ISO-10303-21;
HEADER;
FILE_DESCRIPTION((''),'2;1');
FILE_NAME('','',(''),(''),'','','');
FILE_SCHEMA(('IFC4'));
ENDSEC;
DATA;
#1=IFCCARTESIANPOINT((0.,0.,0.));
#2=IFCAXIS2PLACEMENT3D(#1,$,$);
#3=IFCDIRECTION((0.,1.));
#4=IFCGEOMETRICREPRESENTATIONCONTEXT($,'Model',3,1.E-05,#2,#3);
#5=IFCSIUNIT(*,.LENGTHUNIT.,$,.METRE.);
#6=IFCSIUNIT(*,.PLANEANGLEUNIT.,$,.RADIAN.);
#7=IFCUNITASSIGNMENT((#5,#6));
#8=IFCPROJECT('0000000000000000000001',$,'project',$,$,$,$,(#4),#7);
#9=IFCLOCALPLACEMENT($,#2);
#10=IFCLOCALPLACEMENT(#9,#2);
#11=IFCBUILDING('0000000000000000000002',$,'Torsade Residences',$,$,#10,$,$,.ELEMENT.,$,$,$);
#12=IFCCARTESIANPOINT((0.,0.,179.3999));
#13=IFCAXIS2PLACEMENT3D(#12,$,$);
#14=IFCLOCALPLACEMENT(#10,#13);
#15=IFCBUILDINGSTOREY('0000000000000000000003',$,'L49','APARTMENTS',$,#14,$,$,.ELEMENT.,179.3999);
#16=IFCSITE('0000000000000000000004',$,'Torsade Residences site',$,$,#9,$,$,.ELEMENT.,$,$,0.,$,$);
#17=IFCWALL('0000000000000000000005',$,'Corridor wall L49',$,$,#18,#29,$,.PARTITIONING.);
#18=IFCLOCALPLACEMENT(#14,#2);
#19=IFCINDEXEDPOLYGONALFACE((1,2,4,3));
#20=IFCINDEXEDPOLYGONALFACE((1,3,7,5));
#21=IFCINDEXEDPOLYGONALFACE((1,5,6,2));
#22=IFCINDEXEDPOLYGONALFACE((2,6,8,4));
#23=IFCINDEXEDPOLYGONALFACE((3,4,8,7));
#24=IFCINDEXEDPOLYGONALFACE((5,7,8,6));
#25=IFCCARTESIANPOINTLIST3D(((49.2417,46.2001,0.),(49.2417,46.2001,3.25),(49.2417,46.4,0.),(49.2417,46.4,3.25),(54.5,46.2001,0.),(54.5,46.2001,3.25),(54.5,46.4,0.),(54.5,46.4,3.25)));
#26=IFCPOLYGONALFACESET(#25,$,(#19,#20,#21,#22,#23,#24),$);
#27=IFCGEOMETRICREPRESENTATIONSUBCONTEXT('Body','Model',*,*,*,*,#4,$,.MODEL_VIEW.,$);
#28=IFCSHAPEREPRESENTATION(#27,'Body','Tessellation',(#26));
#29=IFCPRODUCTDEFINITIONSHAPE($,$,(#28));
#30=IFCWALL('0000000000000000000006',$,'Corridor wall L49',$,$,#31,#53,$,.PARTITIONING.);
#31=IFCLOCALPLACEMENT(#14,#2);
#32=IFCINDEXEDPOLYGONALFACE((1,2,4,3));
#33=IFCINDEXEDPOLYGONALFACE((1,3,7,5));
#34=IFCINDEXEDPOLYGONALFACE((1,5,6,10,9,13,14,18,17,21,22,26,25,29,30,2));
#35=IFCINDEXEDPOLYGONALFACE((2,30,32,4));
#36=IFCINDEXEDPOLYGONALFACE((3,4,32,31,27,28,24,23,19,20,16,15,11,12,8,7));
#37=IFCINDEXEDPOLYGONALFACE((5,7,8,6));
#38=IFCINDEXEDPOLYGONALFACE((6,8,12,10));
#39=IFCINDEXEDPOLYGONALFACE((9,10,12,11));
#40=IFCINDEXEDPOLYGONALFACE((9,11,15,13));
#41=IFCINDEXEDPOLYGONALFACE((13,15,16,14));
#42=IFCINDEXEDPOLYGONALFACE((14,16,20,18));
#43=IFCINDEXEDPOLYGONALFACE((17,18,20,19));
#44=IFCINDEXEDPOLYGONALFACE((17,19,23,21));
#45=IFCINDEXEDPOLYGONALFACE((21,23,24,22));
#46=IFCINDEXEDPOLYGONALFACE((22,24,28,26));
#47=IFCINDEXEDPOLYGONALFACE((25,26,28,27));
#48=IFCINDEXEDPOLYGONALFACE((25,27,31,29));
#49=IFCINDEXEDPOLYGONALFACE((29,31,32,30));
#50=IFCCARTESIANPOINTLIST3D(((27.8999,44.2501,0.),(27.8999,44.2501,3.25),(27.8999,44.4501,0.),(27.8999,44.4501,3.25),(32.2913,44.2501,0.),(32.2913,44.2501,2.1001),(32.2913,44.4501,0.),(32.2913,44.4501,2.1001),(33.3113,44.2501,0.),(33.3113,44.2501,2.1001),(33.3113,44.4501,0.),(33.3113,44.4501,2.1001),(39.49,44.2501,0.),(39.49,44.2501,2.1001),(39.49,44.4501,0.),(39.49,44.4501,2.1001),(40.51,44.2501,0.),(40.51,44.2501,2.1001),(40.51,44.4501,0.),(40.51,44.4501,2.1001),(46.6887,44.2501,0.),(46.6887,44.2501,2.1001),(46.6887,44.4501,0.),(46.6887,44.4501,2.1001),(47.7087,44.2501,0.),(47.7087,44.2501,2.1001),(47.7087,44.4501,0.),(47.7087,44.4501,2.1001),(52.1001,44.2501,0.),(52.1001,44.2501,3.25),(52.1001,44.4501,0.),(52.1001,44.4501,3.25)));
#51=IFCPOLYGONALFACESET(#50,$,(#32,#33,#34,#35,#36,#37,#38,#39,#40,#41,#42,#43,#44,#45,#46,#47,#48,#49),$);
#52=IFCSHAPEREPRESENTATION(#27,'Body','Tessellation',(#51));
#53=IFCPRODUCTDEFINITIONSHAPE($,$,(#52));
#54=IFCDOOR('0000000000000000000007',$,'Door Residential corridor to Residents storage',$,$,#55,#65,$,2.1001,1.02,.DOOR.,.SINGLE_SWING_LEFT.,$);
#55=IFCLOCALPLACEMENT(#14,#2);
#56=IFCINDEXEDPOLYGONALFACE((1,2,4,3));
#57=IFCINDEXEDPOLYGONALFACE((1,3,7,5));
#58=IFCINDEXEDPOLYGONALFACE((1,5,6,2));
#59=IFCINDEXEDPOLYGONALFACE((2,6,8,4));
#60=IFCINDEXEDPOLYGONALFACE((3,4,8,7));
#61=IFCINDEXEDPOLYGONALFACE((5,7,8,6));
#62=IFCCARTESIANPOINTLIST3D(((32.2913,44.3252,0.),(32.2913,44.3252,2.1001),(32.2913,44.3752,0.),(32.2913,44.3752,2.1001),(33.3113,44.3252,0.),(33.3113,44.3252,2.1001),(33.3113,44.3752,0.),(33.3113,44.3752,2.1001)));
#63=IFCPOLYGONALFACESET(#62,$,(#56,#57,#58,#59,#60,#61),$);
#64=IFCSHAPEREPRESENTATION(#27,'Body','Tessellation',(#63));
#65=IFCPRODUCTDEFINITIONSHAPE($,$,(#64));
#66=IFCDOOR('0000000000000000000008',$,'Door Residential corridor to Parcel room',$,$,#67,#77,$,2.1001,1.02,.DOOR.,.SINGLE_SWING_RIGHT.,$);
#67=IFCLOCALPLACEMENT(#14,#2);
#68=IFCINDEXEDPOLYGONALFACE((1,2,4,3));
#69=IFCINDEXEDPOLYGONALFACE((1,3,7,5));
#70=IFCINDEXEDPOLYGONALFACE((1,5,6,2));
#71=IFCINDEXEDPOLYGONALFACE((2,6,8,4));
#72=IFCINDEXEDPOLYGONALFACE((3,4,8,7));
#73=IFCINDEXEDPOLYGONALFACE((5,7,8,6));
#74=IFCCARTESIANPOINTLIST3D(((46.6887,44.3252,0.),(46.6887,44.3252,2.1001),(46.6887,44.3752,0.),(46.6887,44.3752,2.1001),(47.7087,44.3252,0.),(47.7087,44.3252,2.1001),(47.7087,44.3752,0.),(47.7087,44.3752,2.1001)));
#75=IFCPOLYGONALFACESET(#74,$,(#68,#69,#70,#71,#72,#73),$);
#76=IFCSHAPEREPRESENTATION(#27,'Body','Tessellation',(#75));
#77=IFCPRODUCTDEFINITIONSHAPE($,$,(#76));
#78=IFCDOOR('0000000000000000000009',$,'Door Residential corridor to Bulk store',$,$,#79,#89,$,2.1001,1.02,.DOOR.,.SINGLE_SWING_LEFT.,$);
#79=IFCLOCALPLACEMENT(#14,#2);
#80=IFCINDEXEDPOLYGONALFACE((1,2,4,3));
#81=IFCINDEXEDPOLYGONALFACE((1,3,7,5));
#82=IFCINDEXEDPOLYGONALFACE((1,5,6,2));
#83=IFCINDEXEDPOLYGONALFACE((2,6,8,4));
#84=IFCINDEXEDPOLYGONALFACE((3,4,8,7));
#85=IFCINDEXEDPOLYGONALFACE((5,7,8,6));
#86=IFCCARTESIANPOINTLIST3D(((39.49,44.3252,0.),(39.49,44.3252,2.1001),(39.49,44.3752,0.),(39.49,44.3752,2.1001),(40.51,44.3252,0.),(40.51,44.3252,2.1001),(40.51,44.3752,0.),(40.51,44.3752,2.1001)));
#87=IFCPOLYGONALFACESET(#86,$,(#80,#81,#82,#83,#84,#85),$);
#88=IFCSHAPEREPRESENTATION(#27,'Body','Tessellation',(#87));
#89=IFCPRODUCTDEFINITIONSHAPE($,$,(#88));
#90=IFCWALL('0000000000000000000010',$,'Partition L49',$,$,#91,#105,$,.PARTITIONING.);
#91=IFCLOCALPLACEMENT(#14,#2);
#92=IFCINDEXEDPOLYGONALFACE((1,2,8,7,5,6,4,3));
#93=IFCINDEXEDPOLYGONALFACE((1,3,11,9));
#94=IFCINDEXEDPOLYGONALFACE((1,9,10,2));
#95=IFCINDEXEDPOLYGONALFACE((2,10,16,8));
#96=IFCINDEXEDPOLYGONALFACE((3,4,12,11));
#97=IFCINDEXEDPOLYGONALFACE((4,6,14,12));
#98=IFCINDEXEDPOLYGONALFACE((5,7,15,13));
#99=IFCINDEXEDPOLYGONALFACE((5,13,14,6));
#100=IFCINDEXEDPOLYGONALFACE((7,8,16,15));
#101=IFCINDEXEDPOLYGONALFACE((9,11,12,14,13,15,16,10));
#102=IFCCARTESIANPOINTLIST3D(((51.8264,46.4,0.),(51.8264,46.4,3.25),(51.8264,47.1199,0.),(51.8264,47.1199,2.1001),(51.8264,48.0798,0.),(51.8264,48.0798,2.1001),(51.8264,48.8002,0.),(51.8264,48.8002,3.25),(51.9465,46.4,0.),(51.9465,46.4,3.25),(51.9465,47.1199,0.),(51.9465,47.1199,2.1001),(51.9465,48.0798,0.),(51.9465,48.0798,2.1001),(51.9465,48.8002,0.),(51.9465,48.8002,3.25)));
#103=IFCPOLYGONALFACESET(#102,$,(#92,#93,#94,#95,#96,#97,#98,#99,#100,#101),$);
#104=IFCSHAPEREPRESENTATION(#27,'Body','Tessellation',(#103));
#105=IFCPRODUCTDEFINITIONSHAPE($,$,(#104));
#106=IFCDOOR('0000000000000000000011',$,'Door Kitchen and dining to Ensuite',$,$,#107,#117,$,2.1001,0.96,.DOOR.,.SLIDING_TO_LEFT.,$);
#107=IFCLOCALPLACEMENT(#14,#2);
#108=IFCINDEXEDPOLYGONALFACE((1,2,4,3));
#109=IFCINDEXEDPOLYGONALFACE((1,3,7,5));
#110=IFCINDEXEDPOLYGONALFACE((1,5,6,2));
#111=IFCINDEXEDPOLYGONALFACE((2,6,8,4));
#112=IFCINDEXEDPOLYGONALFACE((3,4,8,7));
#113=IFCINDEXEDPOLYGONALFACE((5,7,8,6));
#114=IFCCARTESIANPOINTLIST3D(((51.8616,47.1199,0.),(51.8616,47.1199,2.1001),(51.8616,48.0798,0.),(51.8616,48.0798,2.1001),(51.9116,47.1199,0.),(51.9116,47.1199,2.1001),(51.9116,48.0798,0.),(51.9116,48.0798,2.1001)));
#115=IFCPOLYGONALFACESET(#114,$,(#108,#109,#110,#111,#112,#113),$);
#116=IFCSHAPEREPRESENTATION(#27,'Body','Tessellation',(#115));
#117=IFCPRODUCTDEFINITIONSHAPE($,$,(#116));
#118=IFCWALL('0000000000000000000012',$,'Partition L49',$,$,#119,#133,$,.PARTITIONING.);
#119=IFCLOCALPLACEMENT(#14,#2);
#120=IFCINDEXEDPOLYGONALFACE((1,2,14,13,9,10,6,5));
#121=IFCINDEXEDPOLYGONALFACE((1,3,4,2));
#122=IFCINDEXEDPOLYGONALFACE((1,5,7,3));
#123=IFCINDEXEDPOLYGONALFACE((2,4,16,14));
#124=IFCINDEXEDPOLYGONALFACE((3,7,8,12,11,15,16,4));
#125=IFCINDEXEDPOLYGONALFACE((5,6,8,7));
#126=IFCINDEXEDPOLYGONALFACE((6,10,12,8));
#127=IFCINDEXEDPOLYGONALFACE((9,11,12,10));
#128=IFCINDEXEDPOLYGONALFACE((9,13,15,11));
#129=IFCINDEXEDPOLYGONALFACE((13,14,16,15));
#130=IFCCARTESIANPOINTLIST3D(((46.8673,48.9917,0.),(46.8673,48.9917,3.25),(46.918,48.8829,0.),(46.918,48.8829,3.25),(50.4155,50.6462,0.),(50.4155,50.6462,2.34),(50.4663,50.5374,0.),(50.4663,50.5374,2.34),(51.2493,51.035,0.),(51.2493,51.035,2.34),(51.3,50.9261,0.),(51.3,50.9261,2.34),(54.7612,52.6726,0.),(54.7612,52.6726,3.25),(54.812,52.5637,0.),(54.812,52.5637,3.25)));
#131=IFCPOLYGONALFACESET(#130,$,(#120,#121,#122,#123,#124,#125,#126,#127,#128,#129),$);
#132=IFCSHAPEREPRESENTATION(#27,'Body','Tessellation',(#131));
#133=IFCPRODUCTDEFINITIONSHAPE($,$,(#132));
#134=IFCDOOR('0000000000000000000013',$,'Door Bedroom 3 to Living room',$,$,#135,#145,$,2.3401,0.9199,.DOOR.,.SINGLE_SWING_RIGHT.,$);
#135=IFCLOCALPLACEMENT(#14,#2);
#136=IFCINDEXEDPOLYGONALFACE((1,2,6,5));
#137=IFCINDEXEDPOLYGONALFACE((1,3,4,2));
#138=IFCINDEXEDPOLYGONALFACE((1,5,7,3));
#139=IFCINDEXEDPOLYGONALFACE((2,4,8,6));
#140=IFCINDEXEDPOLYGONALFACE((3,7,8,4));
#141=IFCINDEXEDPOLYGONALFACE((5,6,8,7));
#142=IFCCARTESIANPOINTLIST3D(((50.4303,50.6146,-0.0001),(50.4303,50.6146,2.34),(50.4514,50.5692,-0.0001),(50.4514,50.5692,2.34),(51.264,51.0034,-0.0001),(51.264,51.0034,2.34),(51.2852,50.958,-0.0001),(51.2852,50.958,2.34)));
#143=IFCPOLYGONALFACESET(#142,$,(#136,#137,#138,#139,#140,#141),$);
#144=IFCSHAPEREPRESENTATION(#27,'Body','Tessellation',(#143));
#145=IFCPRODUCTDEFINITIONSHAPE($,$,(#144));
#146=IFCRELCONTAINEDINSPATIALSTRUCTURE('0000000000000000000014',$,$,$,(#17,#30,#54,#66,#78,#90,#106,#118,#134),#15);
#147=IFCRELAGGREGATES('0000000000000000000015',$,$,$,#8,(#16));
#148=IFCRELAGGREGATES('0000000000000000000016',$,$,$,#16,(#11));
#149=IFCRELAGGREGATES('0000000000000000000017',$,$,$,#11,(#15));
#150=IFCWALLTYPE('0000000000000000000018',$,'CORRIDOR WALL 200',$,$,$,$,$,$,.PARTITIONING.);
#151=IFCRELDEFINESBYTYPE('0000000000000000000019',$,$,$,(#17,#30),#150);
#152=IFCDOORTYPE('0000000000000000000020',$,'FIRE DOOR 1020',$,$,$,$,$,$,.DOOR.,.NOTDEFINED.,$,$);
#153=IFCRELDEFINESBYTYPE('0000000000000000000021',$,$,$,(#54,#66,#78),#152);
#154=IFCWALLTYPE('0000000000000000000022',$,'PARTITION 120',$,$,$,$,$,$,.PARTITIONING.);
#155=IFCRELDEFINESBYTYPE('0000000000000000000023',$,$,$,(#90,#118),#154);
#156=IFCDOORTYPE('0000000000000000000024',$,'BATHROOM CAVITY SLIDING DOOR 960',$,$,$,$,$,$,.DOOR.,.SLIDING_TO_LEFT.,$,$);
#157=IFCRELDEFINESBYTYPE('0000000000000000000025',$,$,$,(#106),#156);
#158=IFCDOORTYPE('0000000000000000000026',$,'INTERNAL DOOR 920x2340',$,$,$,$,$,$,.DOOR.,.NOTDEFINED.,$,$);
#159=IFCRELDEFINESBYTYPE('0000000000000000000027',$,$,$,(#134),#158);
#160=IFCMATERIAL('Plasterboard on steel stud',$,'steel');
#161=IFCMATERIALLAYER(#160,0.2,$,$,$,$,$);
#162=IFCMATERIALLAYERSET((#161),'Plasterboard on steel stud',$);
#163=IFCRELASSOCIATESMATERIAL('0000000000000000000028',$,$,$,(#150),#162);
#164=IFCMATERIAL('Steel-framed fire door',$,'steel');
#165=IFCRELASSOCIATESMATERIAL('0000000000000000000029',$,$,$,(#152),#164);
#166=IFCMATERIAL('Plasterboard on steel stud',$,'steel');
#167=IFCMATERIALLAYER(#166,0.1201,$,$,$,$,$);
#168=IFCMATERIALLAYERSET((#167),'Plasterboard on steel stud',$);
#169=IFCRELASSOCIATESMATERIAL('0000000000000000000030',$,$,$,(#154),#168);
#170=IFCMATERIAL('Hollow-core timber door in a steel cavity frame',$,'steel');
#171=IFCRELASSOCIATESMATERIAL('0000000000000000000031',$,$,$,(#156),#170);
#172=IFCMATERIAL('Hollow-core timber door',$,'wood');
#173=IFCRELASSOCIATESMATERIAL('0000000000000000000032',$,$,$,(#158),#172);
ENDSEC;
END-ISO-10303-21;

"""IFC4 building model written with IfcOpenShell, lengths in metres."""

from ifc_helpers import new_model, si_unit, direction, frame, frame_2d, origin, place, context, subcontext, project, spatial, rectangle, extrude, material, layer, layer_set, type_object, element, fill, save


model = new_model("IFC4")

# Units and contexts
model_context = context("Model", 3, precision=1e-05, world=origin(), true_north=direction((0.0, 1.0)))
body_context = subcontext(model_context, "Body", "Model", "MODEL_VIEW")
ifc_project = project(units=[si_unit("LENGTHUNIT", "METRE"), si_unit("PLANEANGLEUNIT", "RADIAN")], contexts=[model_context])

# Site, building, storey
site_placement = place(None, origin())
site = spatial("IfcSite", under=ifc_project, at=site_placement, Name="Torsade Residences site", CompositionType="ELEMENT", RefElevation=0.0)
building_placement = place(site_placement, origin())
building = spatial("IfcBuilding", under=site, at=building_placement, Name="Torsade Residences", CompositionType="ELEMENT")
storey_placement = place(building_placement, frame((0.0, 0.0, 179.3999)))
storey = spatial("IfcBuildingStorey", under=building, at=storey_placement, Name="L49", Description="APARTMENTS", CompositionType="ELEMENT", Elevation=179.3999)

# Wall
ifc_material_1 = material(Name="Plasterboard on steel stud", Category="steel")
ifc_layer_1 = layer(ifc_material_1, 0.2)
ifc_layer_set_1 = layer_set([ifc_layer_1], Name="Plasterboard on steel stud")
wall_type_1 = type_object("IfcWallType", Name="CORRIDOR WALL 200", PredefinedType="PARTITIONING", material=ifc_layer_set_1)
wall_1_placement = place(storey_placement, frame((54.5, 46.3, 0.0), z_axis=(0.0, 0.0, 1.0), x_axis=(-1.0, 0.0, 0.0)))
element("IfcWall", 1, at=wall_1_placement, inside=storey, type_object=wall_type_1, Name="Corridor wall L49", PredefinedType="PARTITIONING", context=body_context, shape_type="SweptSolid", body=[
    extrude(rectangle(XDim=5.2583, YDim=0.2, at=frame_2d((2.6292, 0.0))), origin(), (0.0, 0.0, 1.0), 3.25),
])

# Wall, openings, doors
wall_2_placement = place(storey_placement, frame((52.1001, 44.3501, 0.0), z_axis=(0.0, 0.0, 1.0), x_axis=(-1.0, 0.0, 0.0)))
wall_2 = element("IfcWall", 2, at=wall_2_placement, inside=storey, type_object=wall_type_1, Name="Corridor wall L49", PredefinedType="PARTITIONING", context=body_context, shape_type="SweptSolid", body=[
    extrude(rectangle(XDim=24.2002, YDim=0.2, at=frame_2d((12.1001, 0.0))), origin(), (0.0, 0.0, 1.0), 3.25),
])
opening_1_placement = place(wall_2_placement, frame((18.7888, 0.0, 0.0)))
opening_1 = element("IfcOpeningElement", 3, at=opening_1_placement, cuts=wall_2, PredefinedType="OPENING", context=body_context, shape_type="SweptSolid", body=[
    extrude(rectangle(XDim=1.02, YDim=2.1001, at=frame_2d((0.51, 1.05))), frame((0.0, 0.1099, 0.0), z_axis=(0.0, -1.0, 0.0), x_axis=(1.0, 0.0, 0.0)), (0.0, 0.0, 1.0), 0.22),
])
opening_2_placement = place(wall_2_placement, frame((4.3914, 0.0, 0.0)))
opening_2 = element("IfcOpeningElement", 4, at=opening_2_placement, cuts=wall_2, PredefinedType="OPENING", context=body_context, shape_type="SweptSolid", body=[
    extrude(rectangle(XDim=1.02, YDim=2.1001, at=frame_2d((0.51, 1.05))), frame((0.0, 0.1099, 0.0), z_axis=(0.0, -1.0, 0.0), x_axis=(1.0, 0.0, 0.0)), (0.0, 0.0, 1.0), 0.22),
])
opening_3_placement = place(wall_2_placement, frame((11.5901, 0.0, 0.0)))
opening_3 = element("IfcOpeningElement", 5, at=opening_3_placement, cuts=wall_2, PredefinedType="OPENING", context=body_context, shape_type="SweptSolid", body=[
    extrude(rectangle(XDim=1.02, YDim=2.1001, at=frame_2d((0.51, 1.05))), frame((0.0, 0.1099, 0.0), z_axis=(0.0, -1.0, 0.0), x_axis=(1.0, 0.0, 0.0)), (0.0, 0.0, 1.0), 0.22),
])
ifc_material_2 = material(Name="Steel-framed fire door", Category="steel")
door_type_1 = type_object("IfcDoorType", Name="FIRE DOOR 1020", OperationType="NOTDEFINED", PredefinedType="DOOR", material=ifc_material_2)
door_1_placement = place(opening_1_placement, origin())
door_1 = element("IfcDoor", 6, at=door_1_placement, inside=storey, type_object=door_type_1, Name="Door Residential corridor to Residents storage", OperationType="SINGLE_SWING_LEFT", OverallHeight=2.1001, OverallWidth=1.02, PredefinedType="DOOR", context=body_context, shape_type="SweptSolid", body=[
    extrude(rectangle(XDim=1.02, YDim=2.1001, at=frame_2d((0.51, 1.05))), frame((0.0, 0.0249, 0.0), z_axis=(0.0, -1.0, 0.0), x_axis=(1.0, 0.0, 0.0)), (0.0, 0.0, 1.0), 0.05),
])
fill(opening_1, door_1)
door_2_placement = place(opening_2_placement, origin())
door_2 = element("IfcDoor", 7, at=door_2_placement, inside=storey, type_object=door_type_1, Name="Door Residential corridor to Parcel room", OperationType="SINGLE_SWING_RIGHT", OverallHeight=2.1001, OverallWidth=1.02, PredefinedType="DOOR", context=body_context, shape_type="SweptSolid", body=[
    extrude(rectangle(XDim=1.02, YDim=2.1001, at=frame_2d((0.51, 1.05))), frame((0.0, 0.0249, 0.0), z_axis=(0.0, -1.0, 0.0), x_axis=(1.0, 0.0, 0.0)), (0.0, 0.0, 1.0), 0.05),
])
fill(opening_2, door_2)
door_3_placement = place(opening_3_placement, origin())
door_3 = element("IfcDoor", 8, at=door_3_placement, inside=storey, type_object=door_type_1, Name="Door Residential corridor to Bulk store", OperationType="SINGLE_SWING_LEFT", OverallHeight=2.1001, OverallWidth=1.02, PredefinedType="DOOR", context=body_context, shape_type="SweptSolid", body=[
    extrude(rectangle(XDim=1.02, YDim=2.1001, at=frame_2d((0.51, 1.05))), frame((0.0, 0.0249, 0.0), z_axis=(0.0, -1.0, 0.0), x_axis=(1.0, 0.0, 0.0)), (0.0, 0.0, 1.0), 0.05),
])
fill(opening_3, door_3)

# Walls, openings, doors
ifc_material_3 = material(Name="Plasterboard on steel stud", Category="steel")
ifc_layer_2 = layer(ifc_material_3, 0.1201)
ifc_layer_set_2 = layer_set([ifc_layer_2], Name="Plasterboard on steel stud")
wall_type_2 = type_object("IfcWallType", Name="PARTITION 120", PredefinedType="PARTITIONING", material=ifc_layer_set_2)
wall_3_placement = place(storey_placement, frame((51.8865, 46.3999, 0.0), z_axis=(0.0, 0.0, 1.0), x_axis=(0.0, 1.0, 0.0)))
wall_3 = element("IfcWall", 9, at=wall_3_placement, inside=storey, type_object=wall_type_2, Name="Partition L49", PredefinedType="PARTITIONING", context=body_context, shape_type="SweptSolid", body=[
    extrude(rectangle(XDim=2.4001, YDim=0.1201, at=frame_2d((1.2002, 0.0))), origin(), (0.0, 0.0, 1.0), 3.25),
])
opening_4_placement = place(wall_3_placement, frame((0.72, 0.0, 0.0)))
opening_4 = element("IfcOpeningElement", 10, at=opening_4_placement, cuts=wall_3, PredefinedType="OPENING", context=body_context, shape_type="SweptSolid", body=[
    extrude(rectangle(XDim=0.96, YDim=2.1001, at=frame_2d((0.48, 1.05))), frame((0.0, 0.0701, 0.0), z_axis=(0.0, -1.0, 0.0), x_axis=(1.0, 0.0, 0.0)), (0.0, 0.0, 1.0), 0.1401),
])
ifc_material_4 = material(Name="Hollow-core timber door in a steel cavity frame", Category="steel")
door_type_2 = type_object("IfcDoorType", Name="BATHROOM CAVITY SLIDING DOOR 960", OperationType="SLIDING_TO_LEFT", PredefinedType="DOOR", material=ifc_material_4)
door_4_placement = place(opening_4_placement, origin())
door_4 = element("IfcDoor", 11, at=door_4_placement, inside=storey, type_object=door_type_2, Name="Door Kitchen and dining to Ensuite", OperationType="SLIDING_TO_LEFT", OverallHeight=2.1001, OverallWidth=0.96, PredefinedType="DOOR", context=body_context, shape_type="SweptSolid", body=[
    extrude(rectangle(XDim=0.96, YDim=2.1001, at=frame_2d((0.48, 1.05))), frame((0.0, 0.0249, 0.0), z_axis=(0.0, -1.0, 0.0), x_axis=(1.0, 0.0, 0.0)), (0.0, 0.0, 1.0), 0.05),
])
fill(opening_4, door_4)
wall_4_placement = place(storey_placement, frame((54.7866, 52.6182, 0.0), z_axis=(0.0, 0.0, 1.0), x_axis=(-0.906314, -0.422605, 0.0)))
wall_4 = element("IfcWall", 12, at=wall_4_placement, inside=storey, type_object=wall_type_2, Name="Partition L49", PredefinedType="PARTITIONING", context=body_context, shape_type="SweptSolid", body=[
    extrude(rectangle(XDim=8.71, YDim=0.1201, at=frame_2d((4.355, 0.0))), origin(), (0.0, 0.0, 1.0), 3.25),
])
opening_5_placement = place(wall_4_placement, frame((3.875, 0.0, 0.0)))
opening_5 = element("IfcOpeningElement", 13, at=opening_5_placement, cuts=wall_4, PredefinedType="OPENING", context=body_context, shape_type="SweptSolid", body=[
    extrude(rectangle(XDim=0.9199, YDim=2.3401, at=frame_2d((0.46, 1.1699))), frame((0.0, 0.0701, 0.0), z_axis=(0.0, -1.0, 0.0), x_axis=(1.0, 0.0, 0.0)), (0.0, 0.0, 1.0), 0.1401),
])
ifc_material_5 = material(Name="Hollow-core timber door", Category="wood")
door_type_3 = type_object("IfcDoorType", Name="INTERNAL DOOR 920x2340", OperationType="NOTDEFINED", PredefinedType="DOOR", material=ifc_material_5)
door_5_placement = place(opening_5_placement, origin())
door_5 = element("IfcDoor", 14, at=door_5_placement, inside=storey, type_object=door_type_3, Name="Door Bedroom 3 to Living room", OperationType="SINGLE_SWING_RIGHT", OverallHeight=2.3401, OverallWidth=0.9199, PredefinedType="DOOR", context=body_context, shape_type="SweptSolid", body=[
    extrude(rectangle(XDim=0.9199, YDim=2.3401, at=frame_2d((0.46, 1.1699))), frame((0.0, 0.0249, 0.0), z_axis=(0.0, -1.0, 0.0), x_axis=(1.0, 0.0, 0.0)), (0.0, 0.0, 1.0), 0.05),
])
fill(opening_5, door_5)

save(model, "model.ifc")
